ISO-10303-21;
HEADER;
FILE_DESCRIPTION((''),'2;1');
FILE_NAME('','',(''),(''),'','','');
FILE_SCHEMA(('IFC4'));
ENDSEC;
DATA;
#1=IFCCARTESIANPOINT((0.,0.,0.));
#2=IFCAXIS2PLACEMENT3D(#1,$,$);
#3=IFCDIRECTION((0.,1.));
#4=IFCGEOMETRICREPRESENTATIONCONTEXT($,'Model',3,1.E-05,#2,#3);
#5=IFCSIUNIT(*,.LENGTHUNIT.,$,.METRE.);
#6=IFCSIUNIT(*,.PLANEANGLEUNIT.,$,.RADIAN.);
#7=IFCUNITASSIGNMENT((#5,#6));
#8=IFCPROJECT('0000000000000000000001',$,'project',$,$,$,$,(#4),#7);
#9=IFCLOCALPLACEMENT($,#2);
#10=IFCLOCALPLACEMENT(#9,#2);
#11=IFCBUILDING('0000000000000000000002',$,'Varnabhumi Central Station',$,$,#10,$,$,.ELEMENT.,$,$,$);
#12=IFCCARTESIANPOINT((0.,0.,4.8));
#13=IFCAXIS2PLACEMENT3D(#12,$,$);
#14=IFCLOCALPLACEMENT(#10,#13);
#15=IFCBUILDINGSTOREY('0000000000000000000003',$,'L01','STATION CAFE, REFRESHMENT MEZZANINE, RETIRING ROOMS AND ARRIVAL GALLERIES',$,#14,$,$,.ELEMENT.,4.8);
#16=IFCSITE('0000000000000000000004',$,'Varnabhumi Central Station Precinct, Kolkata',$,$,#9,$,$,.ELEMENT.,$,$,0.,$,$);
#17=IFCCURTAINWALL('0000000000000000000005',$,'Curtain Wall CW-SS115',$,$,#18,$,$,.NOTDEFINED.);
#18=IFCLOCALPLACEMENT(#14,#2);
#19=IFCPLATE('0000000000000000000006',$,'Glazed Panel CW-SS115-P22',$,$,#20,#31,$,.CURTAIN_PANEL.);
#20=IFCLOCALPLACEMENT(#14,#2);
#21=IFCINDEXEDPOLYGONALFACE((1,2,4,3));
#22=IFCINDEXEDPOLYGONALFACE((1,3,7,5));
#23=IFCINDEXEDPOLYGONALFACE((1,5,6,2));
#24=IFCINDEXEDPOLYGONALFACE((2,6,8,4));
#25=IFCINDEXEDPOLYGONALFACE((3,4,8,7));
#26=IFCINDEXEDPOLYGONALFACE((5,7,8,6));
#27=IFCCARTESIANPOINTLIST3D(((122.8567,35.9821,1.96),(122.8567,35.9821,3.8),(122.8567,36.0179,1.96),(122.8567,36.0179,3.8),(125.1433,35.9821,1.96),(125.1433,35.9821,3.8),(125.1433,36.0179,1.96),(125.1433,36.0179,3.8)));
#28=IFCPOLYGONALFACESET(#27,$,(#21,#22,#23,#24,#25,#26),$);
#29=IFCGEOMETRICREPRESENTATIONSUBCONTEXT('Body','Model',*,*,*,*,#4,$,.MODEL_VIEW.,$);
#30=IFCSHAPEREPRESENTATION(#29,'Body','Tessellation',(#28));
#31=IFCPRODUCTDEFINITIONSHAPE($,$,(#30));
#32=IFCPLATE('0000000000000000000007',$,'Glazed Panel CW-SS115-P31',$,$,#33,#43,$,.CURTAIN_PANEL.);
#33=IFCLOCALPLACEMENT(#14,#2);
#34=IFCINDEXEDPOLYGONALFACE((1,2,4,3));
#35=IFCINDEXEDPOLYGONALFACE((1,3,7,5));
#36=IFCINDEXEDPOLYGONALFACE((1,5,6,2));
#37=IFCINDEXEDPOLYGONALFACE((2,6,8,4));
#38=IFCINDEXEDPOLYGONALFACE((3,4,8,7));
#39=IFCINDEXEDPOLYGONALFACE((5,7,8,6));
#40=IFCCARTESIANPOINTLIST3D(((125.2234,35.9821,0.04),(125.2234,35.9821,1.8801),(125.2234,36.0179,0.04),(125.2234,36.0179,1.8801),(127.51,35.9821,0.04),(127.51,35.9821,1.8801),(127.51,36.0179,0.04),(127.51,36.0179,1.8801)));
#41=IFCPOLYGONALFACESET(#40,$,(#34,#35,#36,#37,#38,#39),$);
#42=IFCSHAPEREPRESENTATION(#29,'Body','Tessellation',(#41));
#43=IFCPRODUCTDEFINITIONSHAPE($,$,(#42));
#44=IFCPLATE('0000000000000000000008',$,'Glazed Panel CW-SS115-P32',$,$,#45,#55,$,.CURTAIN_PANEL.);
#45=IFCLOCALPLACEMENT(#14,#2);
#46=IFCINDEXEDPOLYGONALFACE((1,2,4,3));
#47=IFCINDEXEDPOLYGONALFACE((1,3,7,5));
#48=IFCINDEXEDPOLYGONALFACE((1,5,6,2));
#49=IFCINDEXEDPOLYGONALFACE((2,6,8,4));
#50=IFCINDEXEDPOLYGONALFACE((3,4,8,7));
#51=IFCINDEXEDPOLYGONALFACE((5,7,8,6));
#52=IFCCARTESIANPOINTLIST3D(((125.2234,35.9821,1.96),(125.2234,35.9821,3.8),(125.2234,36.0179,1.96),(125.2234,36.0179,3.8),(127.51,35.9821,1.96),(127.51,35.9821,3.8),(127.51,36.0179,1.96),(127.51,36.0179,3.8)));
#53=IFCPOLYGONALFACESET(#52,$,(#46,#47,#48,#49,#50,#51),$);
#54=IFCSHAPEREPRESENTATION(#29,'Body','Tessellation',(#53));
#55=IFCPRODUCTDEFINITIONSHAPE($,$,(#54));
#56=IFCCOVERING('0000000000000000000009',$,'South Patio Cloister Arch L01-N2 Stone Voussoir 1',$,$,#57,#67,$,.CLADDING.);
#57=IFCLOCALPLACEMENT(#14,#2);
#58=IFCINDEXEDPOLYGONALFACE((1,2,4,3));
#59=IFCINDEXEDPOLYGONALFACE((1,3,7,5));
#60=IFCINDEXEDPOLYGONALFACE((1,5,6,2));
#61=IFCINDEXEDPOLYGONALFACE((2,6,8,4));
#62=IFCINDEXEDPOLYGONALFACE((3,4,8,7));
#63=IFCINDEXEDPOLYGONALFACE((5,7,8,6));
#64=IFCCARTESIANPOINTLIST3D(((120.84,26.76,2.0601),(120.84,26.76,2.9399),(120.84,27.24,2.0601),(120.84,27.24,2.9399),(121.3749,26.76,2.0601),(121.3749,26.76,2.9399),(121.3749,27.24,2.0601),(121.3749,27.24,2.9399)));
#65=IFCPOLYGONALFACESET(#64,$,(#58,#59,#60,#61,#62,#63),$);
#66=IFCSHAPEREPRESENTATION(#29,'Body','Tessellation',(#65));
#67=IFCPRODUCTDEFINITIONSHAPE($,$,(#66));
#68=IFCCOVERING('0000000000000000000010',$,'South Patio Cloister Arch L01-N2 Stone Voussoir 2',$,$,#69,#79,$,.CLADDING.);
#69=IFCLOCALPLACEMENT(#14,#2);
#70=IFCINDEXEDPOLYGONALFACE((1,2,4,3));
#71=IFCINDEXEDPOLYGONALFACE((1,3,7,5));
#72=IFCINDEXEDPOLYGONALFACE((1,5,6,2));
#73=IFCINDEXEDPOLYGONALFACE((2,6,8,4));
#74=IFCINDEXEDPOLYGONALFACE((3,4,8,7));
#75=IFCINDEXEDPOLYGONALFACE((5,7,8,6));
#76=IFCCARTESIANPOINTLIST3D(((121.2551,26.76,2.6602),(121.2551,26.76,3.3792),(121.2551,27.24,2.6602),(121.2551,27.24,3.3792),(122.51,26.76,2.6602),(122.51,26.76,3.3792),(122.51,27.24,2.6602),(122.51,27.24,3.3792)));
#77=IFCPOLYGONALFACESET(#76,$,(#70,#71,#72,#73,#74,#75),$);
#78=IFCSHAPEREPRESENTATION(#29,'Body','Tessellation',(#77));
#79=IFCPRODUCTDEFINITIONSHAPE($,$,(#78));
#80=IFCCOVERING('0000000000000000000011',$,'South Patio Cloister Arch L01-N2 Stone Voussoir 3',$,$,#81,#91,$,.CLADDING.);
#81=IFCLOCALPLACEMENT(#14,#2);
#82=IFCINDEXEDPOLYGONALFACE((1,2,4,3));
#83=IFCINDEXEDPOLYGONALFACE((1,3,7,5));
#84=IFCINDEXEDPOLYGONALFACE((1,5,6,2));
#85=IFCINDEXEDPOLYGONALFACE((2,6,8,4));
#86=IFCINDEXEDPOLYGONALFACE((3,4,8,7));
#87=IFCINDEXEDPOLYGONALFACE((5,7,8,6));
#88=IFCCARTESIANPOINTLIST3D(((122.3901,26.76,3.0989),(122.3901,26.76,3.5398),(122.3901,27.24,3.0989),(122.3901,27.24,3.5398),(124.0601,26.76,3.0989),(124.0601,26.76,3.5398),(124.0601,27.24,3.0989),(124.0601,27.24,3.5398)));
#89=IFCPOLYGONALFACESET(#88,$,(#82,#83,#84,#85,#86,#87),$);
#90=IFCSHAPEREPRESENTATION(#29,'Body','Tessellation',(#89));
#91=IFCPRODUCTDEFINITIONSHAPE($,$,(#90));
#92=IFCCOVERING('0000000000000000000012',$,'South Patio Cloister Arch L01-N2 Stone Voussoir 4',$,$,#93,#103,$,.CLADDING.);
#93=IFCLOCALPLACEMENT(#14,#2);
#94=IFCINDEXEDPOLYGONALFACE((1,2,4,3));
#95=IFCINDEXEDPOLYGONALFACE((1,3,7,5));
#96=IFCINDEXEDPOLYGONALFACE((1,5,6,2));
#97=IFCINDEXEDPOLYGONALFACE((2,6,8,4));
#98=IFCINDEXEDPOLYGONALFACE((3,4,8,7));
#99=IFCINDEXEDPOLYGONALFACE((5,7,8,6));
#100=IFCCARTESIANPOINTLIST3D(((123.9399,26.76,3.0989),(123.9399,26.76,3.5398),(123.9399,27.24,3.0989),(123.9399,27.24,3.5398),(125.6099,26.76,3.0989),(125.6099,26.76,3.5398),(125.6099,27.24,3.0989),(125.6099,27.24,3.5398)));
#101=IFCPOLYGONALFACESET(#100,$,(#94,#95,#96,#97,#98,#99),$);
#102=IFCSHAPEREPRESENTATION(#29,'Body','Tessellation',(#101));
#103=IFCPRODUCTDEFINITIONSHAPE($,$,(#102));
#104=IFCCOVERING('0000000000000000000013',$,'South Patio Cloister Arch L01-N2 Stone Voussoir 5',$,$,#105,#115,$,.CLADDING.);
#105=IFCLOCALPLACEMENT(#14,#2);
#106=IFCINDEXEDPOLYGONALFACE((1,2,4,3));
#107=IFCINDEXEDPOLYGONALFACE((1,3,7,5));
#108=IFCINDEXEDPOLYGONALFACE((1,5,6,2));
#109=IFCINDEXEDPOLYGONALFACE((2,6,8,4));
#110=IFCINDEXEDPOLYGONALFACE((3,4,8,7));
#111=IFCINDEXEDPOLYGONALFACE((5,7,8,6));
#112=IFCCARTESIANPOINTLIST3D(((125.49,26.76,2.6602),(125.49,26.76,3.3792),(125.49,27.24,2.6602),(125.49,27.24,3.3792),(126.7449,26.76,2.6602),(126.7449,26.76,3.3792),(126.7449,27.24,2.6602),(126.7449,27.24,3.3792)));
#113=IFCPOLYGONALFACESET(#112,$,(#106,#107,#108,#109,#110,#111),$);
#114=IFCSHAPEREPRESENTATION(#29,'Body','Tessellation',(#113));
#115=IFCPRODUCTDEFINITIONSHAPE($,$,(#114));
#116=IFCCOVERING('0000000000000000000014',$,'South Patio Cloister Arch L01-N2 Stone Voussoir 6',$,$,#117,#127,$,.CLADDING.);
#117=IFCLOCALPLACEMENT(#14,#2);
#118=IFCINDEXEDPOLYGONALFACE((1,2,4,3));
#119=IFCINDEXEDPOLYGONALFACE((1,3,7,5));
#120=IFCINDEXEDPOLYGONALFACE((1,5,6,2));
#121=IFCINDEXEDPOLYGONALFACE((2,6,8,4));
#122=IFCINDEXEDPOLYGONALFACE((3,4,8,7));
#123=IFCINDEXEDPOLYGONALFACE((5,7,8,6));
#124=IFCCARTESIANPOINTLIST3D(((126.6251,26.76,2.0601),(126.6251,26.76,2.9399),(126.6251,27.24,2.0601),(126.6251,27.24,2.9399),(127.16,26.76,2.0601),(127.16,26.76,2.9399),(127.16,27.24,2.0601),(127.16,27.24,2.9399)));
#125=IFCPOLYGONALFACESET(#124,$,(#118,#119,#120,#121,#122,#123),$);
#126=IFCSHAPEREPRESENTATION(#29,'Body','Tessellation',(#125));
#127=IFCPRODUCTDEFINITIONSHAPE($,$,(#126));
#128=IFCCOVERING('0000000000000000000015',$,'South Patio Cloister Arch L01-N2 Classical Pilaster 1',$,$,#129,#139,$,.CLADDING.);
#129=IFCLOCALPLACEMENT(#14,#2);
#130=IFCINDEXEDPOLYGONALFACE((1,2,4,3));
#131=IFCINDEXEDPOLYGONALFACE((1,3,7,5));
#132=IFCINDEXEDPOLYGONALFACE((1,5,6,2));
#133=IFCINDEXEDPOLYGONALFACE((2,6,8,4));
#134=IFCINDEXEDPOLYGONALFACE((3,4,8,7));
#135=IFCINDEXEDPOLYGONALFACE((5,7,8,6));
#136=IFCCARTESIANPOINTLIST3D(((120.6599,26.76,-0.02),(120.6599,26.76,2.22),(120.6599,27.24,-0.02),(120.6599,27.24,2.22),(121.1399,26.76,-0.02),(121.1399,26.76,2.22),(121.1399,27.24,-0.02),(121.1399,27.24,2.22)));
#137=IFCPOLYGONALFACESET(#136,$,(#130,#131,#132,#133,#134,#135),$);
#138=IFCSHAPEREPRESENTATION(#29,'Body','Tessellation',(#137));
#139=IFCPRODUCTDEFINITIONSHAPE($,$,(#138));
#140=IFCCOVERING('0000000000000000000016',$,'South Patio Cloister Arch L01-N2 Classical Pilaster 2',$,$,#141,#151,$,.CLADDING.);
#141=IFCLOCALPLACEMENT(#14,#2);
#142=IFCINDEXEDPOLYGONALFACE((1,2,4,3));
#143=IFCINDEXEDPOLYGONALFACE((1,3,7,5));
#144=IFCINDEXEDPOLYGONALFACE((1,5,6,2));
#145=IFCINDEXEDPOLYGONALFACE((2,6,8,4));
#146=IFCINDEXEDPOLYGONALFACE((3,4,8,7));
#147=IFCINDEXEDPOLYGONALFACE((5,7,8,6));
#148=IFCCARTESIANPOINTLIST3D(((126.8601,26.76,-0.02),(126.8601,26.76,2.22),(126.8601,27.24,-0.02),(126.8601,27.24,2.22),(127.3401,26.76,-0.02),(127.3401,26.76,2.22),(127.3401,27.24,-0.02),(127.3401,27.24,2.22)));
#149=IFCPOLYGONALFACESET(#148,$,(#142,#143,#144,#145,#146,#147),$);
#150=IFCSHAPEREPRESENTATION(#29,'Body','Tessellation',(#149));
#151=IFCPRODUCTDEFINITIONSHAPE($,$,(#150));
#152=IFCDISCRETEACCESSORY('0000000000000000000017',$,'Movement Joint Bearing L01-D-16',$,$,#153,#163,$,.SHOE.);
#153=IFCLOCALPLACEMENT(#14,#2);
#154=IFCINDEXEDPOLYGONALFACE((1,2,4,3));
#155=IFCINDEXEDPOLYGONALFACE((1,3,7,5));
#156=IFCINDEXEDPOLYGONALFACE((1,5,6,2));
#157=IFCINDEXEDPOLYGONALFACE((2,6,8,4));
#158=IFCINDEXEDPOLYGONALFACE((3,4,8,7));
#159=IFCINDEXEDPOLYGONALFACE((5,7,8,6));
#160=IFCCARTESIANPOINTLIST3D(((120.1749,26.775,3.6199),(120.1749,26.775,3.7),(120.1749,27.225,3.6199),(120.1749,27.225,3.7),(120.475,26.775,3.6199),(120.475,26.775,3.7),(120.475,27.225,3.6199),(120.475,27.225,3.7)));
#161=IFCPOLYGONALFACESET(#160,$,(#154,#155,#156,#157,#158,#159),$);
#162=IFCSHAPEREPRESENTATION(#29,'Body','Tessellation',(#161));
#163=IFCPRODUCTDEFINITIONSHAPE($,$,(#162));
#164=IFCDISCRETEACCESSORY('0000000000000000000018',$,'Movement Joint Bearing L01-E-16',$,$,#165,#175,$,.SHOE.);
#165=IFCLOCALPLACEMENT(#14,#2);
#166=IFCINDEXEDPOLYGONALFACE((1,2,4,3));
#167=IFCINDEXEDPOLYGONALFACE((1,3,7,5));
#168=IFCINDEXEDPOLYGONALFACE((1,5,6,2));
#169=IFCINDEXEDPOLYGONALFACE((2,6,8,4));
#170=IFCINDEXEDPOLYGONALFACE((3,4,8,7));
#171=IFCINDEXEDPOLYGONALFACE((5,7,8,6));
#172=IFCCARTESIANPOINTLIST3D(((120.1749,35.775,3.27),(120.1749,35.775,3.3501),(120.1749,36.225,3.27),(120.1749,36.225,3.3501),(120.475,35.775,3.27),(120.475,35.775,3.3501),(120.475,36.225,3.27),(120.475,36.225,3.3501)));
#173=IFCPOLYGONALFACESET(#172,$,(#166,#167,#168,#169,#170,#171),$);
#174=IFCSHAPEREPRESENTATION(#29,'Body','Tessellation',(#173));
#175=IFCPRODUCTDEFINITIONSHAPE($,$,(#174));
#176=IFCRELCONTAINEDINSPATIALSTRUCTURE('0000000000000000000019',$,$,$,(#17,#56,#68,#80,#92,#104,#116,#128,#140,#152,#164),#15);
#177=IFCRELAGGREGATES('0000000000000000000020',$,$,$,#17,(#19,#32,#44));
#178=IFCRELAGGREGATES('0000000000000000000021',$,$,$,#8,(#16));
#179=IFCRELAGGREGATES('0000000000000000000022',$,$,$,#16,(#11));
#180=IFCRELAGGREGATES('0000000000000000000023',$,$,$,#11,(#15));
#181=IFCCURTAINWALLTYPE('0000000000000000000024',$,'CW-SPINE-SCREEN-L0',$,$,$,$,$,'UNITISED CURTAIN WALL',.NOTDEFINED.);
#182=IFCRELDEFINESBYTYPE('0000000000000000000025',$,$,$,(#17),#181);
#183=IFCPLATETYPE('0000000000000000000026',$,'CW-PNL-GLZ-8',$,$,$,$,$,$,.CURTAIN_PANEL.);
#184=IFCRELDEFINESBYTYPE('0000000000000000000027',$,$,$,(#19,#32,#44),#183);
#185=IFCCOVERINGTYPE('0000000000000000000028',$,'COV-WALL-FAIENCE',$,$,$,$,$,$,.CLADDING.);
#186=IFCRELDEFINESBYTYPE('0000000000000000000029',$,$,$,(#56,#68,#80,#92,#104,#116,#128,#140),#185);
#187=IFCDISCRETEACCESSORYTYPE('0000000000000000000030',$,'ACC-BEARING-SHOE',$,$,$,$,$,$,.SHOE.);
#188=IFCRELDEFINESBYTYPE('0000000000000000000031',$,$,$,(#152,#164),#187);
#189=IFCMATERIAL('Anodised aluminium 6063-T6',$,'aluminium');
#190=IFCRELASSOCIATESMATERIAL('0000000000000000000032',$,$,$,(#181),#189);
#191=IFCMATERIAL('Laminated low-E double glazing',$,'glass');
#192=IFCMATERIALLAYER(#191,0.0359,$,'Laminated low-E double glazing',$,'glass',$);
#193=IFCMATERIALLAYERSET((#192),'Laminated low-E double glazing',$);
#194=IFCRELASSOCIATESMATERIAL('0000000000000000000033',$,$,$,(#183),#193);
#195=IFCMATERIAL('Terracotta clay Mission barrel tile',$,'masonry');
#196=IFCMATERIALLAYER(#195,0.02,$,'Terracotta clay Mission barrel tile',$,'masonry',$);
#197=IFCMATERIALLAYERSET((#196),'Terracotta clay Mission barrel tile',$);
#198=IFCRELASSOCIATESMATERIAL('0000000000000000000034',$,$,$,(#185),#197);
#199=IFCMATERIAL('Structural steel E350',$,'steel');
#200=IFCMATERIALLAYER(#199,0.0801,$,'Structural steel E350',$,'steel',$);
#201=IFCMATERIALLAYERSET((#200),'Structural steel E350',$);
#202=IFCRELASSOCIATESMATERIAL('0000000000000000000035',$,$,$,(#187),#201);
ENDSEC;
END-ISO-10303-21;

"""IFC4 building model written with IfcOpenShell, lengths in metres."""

from ifc_helpers import new_model, si_unit, direction, frame, origin, origin_2d, place, context, subcontext, project, spatial, rectangle, extrude, material, layer, layer_set, type_object, element, aggregate, save


model = new_model("IFC4")

# Units and contexts
model_context = context("Model", 3, precision=1e-05, world=origin(), true_north=direction((0.0, 1.0)))
body_context = subcontext(model_context, "Body", "Model", "MODEL_VIEW")
ifc_project = project(units=[si_unit("LENGTHUNIT", "METRE"), si_unit("PLANEANGLEUNIT", "RADIAN")], contexts=[model_context])

# Site, building, storey
site_placement = place(None, origin())
site = spatial("IfcSite", under=ifc_project, at=site_placement, Name="Varnabhumi Central Station Precinct, Kolkata", CompositionType="ELEMENT", RefElevation=0.0)
building_placement = place(site_placement, origin())
building = spatial("IfcBuilding", under=site, at=building_placement, Name="Varnabhumi Central Station", CompositionType="ELEMENT")
storey_placement = place(building_placement, frame((0.0, 0.0, 4.8)))
storey = spatial("IfcBuildingStorey", under=building, at=storey_placement, Name="L01", Description="STATION CAFE, REFRESHMENT MEZZANINE, RETIRING ROOMS AND ARRIVAL GALLERIES", CompositionType="ELEMENT", Elevation=4.8)

# Shared definitions
ifc_material_1 = material(Name="Structural steel E350", Category="steel")

# Curtain wall
ifc_material_2 = material(Name="Anodised aluminium 6063-T6", Category="aluminium")
curtain_wall_type_1 = type_object("IfcCurtainWallType", Name="CW-SPINE-SCREEN-L0", ElementType="UNITISED CURTAIN WALL", PredefinedType="NOTDEFINED", material=ifc_material_2)
curtain_wall_1_placement = place(storey_placement, origin())
curtain_wall_1 = element("IfcCurtainWall", 1, at=curtain_wall_1_placement, inside=storey, type_object=curtain_wall_type_1, Name="Curtain Wall CW-SS115", PredefinedType="NOTDEFINED")

# Plates
ifc_material_3 = material(Name="Laminated low-E double glazing", Category="glass")
ifc_layer_1 = layer(ifc_material_3, 0.0359, Name="Laminated low-E double glazing", Category="glass")
ifc_layer_set_1 = layer_set([ifc_layer_1], Name="Laminated low-E double glazing")
plate_type_1 = type_object("IfcPlateType", Name="CW-PNL-GLZ-8", PredefinedType="CURTAIN_PANEL", material=ifc_layer_set_1)
plate_1_placement = place(storey_placement, frame((124.0, 36.0, 1.96), z_axis=(0.0, 0.0, 1.0), x_axis=(1.0, 0.0, 0.0)))
plate_1 = element("IfcPlate", 2, at=plate_1_placement, type_object=plate_type_1, Name="Glazed Panel CW-SS115-P22", PredefinedType="CURTAIN_PANEL", context=body_context, shape_type="SweptSolid", body=[
    extrude(rectangle(XDim=2.2866, YDim=0.0359, at=origin_2d()), origin(), (0.0, 0.0, 1.0), 1.8401),
])
plate_2_placement = place(storey_placement, frame((126.3667, 36.0, 0.04), z_axis=(0.0, 0.0, 1.0), x_axis=(1.0, 0.0, 0.0)))
plate_2 = element("IfcPlate", 3, at=plate_2_placement, type_object=plate_type_1, Name="Glazed Panel CW-SS115-P31", PredefinedType="CURTAIN_PANEL", context=body_context, shape_type="SweptSolid", body=[
    extrude(rectangle(XDim=2.2866, YDim=0.0359, at=origin_2d()), origin(), (0.0, 0.0, 1.0), 1.8401),
])
plate_3_placement = place(storey_placement, frame((126.3667, 36.0, 1.96), z_axis=(0.0, 0.0, 1.0), x_axis=(1.0, 0.0, 0.0)))
plate_3 = element("IfcPlate", 4, at=plate_3_placement, type_object=plate_type_1, Name="Glazed Panel CW-SS115-P32", PredefinedType="CURTAIN_PANEL", context=body_context, shape_type="SweptSolid", body=[
    extrude(rectangle(XDim=2.2866, YDim=0.0359, at=origin_2d()), origin(), (0.0, 0.0, 1.0), 1.8401),
])
aggregate(curtain_wall_1, [plate_1, plate_2, plate_3])

# Coverings
ifc_material_4 = material(Name="Terracotta clay Mission barrel tile", Category="masonry")
ifc_layer_2 = layer(ifc_material_4, 0.02, Name="Terracotta clay Mission barrel tile", Category="masonry")
ifc_layer_set_2 = layer_set([ifc_layer_2], Name="Terracotta clay Mission barrel tile")
covering_type = type_object("IfcCoveringType", Name="COV-WALL-FAIENCE", PredefinedType="CLADDING", material=ifc_layer_set_2)
covering_1_placement = place(storey_placement, frame((121.1074, 27.0, 2.0601), z_axis=(0.0, 0.0, 1.0), x_axis=(1.0, 0.0, 0.0)))
element("IfcCovering", 5, at=covering_1_placement, inside=storey, type_object=covering_type, Name="South Patio Cloister Arch L01-N2 Stone Voussoir 1", PredefinedType="CLADDING", context=body_context, shape_type="SweptSolid", body=[
    extrude(rectangle(XDim=0.5349, YDim=0.48, at=origin_2d()), origin(), (0.0, 0.0, 1.0), 0.8799),
])
covering_2_placement = place(storey_placement, frame((121.8826, 27.0, 2.6602), z_axis=(0.0, 0.0, 1.0), x_axis=(1.0, 0.0, 0.0)))
element("IfcCovering", 6, at=covering_2_placement, inside=storey, type_object=covering_type, Name="South Patio Cloister Arch L01-N2 Stone Voussoir 2", PredefinedType="CLADDING", context=body_context, shape_type="SweptSolid", body=[
    extrude(rectangle(XDim=1.2549, YDim=0.48, at=origin_2d()), origin(), (0.0, 0.0, 1.0), 0.719),
])
for number, where, z_axis, x_axis, name in (
    (7, (123.2251, 27.0, 3.0989), (0.0, 0.0, 1.0), (1.0, 0.0, 0.0), "South Patio Cloister Arch L01-N2 Stone Voussoir 3"),
    (8, (124.7749, 27.0, 3.0989), (0.0, 0.0, 1.0), (1.0, 0.0, 0.0), "South Patio Cloister Arch L01-N2 Stone Voussoir 4"),
):
    element("IfcCovering", number, at=place(storey_placement, frame(where, z_axis=z_axis, x_axis=x_axis)), inside=storey, type_object=covering_type, Name=name, PredefinedType="CLADDING", context=body_context, shape_type="SweptSolid", body=[
        extrude(rectangle(XDim=1.6699, YDim=0.48, at=origin_2d()), origin(), (0.0, 0.0, 1.0), 0.4409),
    ])
covering_3_placement = place(storey_placement, frame((126.1174, 27.0, 2.6602), z_axis=(0.0, 0.0, 1.0), x_axis=(1.0, 0.0, 0.0)))
element("IfcCovering", 9, at=covering_3_placement, inside=storey, type_object=covering_type, Name="South Patio Cloister Arch L01-N2 Stone Voussoir 5", PredefinedType="CLADDING", context=body_context, shape_type="SweptSolid", body=[
    extrude(rectangle(XDim=1.2549, YDim=0.48, at=origin_2d()), origin(), (0.0, 0.0, 1.0), 0.719),
])
covering_4_placement = place(storey_placement, frame((126.8926, 27.0, 2.0601), z_axis=(0.0, 0.0, 1.0), x_axis=(1.0, 0.0, 0.0)))
element("IfcCovering", 10, at=covering_4_placement, inside=storey, type_object=covering_type, Name="South Patio Cloister Arch L01-N2 Stone Voussoir 6", PredefinedType="CLADDING", context=body_context, shape_type="SweptSolid", body=[
    extrude(rectangle(XDim=0.5349, YDim=0.48, at=origin_2d()), origin(), (0.0, 0.0, 1.0), 0.8799),
])
for number, where, z_axis, x_axis, name in (
    (11, (120.8999, 27.0, -0.02), (0.0, 0.0, 1.0), (1.0, 0.0, 0.0), "South Patio Cloister Arch L01-N2 Classical Pilaster 1"),
    (12, (127.1001, 27.0, -0.02), (0.0, 0.0, 1.0), (1.0, 0.0, 0.0), "South Patio Cloister Arch L01-N2 Classical Pilaster 2"),
):
    element("IfcCovering", number, at=place(storey_placement, frame(where, z_axis=z_axis, x_axis=x_axis)), inside=storey, type_object=covering_type, Name=name, PredefinedType="CLADDING", context=body_context, shape_type="SweptSolid", body=[
        extrude(rectangle(XDim=0.48, YDim=0.48, at=origin_2d()), origin(), (0.0, 0.0, 1.0), 2.24),
    ])

# Discrete accessories
ifc_layer_3 = layer(ifc_material_1, 0.0801, Name="Structural steel E350", Category="steel")
ifc_layer_set_3 = layer_set([ifc_layer_3], Name="Structural steel E350")
discrete_accessory_type = type_object("IfcDiscreteAccessoryType", Name="ACC-BEARING-SHOE", PredefinedType="SHOE", material=ifc_layer_set_3)
for number, where, z_axis, x_axis, name in (
    (13, (120.325, 27.0, 3.6199), (0.0, 0.0, 1.0), (1.0, 0.0, 0.0), "Movement Joint Bearing L01-D-16"),
    (14, (120.325, 36.0, 3.27), (0.0, 0.0, 1.0), (1.0, 0.0, 0.0), "Movement Joint Bearing L01-E-16"),
):
    element("IfcDiscreteAccessory", number, at=place(storey_placement, frame(where, z_axis=z_axis, x_axis=x_axis)), inside=storey, type_object=discrete_accessory_type, Name=name, PredefinedType="SHOE", context=body_context, shape_type="SweptSolid", body=[
        extrude(rectangle(XDim=0.3, YDim=0.45, at=origin_2d()), origin(), (0.0, 0.0, 1.0), 0.0801),
    ])

save(model, "model.ifc")
